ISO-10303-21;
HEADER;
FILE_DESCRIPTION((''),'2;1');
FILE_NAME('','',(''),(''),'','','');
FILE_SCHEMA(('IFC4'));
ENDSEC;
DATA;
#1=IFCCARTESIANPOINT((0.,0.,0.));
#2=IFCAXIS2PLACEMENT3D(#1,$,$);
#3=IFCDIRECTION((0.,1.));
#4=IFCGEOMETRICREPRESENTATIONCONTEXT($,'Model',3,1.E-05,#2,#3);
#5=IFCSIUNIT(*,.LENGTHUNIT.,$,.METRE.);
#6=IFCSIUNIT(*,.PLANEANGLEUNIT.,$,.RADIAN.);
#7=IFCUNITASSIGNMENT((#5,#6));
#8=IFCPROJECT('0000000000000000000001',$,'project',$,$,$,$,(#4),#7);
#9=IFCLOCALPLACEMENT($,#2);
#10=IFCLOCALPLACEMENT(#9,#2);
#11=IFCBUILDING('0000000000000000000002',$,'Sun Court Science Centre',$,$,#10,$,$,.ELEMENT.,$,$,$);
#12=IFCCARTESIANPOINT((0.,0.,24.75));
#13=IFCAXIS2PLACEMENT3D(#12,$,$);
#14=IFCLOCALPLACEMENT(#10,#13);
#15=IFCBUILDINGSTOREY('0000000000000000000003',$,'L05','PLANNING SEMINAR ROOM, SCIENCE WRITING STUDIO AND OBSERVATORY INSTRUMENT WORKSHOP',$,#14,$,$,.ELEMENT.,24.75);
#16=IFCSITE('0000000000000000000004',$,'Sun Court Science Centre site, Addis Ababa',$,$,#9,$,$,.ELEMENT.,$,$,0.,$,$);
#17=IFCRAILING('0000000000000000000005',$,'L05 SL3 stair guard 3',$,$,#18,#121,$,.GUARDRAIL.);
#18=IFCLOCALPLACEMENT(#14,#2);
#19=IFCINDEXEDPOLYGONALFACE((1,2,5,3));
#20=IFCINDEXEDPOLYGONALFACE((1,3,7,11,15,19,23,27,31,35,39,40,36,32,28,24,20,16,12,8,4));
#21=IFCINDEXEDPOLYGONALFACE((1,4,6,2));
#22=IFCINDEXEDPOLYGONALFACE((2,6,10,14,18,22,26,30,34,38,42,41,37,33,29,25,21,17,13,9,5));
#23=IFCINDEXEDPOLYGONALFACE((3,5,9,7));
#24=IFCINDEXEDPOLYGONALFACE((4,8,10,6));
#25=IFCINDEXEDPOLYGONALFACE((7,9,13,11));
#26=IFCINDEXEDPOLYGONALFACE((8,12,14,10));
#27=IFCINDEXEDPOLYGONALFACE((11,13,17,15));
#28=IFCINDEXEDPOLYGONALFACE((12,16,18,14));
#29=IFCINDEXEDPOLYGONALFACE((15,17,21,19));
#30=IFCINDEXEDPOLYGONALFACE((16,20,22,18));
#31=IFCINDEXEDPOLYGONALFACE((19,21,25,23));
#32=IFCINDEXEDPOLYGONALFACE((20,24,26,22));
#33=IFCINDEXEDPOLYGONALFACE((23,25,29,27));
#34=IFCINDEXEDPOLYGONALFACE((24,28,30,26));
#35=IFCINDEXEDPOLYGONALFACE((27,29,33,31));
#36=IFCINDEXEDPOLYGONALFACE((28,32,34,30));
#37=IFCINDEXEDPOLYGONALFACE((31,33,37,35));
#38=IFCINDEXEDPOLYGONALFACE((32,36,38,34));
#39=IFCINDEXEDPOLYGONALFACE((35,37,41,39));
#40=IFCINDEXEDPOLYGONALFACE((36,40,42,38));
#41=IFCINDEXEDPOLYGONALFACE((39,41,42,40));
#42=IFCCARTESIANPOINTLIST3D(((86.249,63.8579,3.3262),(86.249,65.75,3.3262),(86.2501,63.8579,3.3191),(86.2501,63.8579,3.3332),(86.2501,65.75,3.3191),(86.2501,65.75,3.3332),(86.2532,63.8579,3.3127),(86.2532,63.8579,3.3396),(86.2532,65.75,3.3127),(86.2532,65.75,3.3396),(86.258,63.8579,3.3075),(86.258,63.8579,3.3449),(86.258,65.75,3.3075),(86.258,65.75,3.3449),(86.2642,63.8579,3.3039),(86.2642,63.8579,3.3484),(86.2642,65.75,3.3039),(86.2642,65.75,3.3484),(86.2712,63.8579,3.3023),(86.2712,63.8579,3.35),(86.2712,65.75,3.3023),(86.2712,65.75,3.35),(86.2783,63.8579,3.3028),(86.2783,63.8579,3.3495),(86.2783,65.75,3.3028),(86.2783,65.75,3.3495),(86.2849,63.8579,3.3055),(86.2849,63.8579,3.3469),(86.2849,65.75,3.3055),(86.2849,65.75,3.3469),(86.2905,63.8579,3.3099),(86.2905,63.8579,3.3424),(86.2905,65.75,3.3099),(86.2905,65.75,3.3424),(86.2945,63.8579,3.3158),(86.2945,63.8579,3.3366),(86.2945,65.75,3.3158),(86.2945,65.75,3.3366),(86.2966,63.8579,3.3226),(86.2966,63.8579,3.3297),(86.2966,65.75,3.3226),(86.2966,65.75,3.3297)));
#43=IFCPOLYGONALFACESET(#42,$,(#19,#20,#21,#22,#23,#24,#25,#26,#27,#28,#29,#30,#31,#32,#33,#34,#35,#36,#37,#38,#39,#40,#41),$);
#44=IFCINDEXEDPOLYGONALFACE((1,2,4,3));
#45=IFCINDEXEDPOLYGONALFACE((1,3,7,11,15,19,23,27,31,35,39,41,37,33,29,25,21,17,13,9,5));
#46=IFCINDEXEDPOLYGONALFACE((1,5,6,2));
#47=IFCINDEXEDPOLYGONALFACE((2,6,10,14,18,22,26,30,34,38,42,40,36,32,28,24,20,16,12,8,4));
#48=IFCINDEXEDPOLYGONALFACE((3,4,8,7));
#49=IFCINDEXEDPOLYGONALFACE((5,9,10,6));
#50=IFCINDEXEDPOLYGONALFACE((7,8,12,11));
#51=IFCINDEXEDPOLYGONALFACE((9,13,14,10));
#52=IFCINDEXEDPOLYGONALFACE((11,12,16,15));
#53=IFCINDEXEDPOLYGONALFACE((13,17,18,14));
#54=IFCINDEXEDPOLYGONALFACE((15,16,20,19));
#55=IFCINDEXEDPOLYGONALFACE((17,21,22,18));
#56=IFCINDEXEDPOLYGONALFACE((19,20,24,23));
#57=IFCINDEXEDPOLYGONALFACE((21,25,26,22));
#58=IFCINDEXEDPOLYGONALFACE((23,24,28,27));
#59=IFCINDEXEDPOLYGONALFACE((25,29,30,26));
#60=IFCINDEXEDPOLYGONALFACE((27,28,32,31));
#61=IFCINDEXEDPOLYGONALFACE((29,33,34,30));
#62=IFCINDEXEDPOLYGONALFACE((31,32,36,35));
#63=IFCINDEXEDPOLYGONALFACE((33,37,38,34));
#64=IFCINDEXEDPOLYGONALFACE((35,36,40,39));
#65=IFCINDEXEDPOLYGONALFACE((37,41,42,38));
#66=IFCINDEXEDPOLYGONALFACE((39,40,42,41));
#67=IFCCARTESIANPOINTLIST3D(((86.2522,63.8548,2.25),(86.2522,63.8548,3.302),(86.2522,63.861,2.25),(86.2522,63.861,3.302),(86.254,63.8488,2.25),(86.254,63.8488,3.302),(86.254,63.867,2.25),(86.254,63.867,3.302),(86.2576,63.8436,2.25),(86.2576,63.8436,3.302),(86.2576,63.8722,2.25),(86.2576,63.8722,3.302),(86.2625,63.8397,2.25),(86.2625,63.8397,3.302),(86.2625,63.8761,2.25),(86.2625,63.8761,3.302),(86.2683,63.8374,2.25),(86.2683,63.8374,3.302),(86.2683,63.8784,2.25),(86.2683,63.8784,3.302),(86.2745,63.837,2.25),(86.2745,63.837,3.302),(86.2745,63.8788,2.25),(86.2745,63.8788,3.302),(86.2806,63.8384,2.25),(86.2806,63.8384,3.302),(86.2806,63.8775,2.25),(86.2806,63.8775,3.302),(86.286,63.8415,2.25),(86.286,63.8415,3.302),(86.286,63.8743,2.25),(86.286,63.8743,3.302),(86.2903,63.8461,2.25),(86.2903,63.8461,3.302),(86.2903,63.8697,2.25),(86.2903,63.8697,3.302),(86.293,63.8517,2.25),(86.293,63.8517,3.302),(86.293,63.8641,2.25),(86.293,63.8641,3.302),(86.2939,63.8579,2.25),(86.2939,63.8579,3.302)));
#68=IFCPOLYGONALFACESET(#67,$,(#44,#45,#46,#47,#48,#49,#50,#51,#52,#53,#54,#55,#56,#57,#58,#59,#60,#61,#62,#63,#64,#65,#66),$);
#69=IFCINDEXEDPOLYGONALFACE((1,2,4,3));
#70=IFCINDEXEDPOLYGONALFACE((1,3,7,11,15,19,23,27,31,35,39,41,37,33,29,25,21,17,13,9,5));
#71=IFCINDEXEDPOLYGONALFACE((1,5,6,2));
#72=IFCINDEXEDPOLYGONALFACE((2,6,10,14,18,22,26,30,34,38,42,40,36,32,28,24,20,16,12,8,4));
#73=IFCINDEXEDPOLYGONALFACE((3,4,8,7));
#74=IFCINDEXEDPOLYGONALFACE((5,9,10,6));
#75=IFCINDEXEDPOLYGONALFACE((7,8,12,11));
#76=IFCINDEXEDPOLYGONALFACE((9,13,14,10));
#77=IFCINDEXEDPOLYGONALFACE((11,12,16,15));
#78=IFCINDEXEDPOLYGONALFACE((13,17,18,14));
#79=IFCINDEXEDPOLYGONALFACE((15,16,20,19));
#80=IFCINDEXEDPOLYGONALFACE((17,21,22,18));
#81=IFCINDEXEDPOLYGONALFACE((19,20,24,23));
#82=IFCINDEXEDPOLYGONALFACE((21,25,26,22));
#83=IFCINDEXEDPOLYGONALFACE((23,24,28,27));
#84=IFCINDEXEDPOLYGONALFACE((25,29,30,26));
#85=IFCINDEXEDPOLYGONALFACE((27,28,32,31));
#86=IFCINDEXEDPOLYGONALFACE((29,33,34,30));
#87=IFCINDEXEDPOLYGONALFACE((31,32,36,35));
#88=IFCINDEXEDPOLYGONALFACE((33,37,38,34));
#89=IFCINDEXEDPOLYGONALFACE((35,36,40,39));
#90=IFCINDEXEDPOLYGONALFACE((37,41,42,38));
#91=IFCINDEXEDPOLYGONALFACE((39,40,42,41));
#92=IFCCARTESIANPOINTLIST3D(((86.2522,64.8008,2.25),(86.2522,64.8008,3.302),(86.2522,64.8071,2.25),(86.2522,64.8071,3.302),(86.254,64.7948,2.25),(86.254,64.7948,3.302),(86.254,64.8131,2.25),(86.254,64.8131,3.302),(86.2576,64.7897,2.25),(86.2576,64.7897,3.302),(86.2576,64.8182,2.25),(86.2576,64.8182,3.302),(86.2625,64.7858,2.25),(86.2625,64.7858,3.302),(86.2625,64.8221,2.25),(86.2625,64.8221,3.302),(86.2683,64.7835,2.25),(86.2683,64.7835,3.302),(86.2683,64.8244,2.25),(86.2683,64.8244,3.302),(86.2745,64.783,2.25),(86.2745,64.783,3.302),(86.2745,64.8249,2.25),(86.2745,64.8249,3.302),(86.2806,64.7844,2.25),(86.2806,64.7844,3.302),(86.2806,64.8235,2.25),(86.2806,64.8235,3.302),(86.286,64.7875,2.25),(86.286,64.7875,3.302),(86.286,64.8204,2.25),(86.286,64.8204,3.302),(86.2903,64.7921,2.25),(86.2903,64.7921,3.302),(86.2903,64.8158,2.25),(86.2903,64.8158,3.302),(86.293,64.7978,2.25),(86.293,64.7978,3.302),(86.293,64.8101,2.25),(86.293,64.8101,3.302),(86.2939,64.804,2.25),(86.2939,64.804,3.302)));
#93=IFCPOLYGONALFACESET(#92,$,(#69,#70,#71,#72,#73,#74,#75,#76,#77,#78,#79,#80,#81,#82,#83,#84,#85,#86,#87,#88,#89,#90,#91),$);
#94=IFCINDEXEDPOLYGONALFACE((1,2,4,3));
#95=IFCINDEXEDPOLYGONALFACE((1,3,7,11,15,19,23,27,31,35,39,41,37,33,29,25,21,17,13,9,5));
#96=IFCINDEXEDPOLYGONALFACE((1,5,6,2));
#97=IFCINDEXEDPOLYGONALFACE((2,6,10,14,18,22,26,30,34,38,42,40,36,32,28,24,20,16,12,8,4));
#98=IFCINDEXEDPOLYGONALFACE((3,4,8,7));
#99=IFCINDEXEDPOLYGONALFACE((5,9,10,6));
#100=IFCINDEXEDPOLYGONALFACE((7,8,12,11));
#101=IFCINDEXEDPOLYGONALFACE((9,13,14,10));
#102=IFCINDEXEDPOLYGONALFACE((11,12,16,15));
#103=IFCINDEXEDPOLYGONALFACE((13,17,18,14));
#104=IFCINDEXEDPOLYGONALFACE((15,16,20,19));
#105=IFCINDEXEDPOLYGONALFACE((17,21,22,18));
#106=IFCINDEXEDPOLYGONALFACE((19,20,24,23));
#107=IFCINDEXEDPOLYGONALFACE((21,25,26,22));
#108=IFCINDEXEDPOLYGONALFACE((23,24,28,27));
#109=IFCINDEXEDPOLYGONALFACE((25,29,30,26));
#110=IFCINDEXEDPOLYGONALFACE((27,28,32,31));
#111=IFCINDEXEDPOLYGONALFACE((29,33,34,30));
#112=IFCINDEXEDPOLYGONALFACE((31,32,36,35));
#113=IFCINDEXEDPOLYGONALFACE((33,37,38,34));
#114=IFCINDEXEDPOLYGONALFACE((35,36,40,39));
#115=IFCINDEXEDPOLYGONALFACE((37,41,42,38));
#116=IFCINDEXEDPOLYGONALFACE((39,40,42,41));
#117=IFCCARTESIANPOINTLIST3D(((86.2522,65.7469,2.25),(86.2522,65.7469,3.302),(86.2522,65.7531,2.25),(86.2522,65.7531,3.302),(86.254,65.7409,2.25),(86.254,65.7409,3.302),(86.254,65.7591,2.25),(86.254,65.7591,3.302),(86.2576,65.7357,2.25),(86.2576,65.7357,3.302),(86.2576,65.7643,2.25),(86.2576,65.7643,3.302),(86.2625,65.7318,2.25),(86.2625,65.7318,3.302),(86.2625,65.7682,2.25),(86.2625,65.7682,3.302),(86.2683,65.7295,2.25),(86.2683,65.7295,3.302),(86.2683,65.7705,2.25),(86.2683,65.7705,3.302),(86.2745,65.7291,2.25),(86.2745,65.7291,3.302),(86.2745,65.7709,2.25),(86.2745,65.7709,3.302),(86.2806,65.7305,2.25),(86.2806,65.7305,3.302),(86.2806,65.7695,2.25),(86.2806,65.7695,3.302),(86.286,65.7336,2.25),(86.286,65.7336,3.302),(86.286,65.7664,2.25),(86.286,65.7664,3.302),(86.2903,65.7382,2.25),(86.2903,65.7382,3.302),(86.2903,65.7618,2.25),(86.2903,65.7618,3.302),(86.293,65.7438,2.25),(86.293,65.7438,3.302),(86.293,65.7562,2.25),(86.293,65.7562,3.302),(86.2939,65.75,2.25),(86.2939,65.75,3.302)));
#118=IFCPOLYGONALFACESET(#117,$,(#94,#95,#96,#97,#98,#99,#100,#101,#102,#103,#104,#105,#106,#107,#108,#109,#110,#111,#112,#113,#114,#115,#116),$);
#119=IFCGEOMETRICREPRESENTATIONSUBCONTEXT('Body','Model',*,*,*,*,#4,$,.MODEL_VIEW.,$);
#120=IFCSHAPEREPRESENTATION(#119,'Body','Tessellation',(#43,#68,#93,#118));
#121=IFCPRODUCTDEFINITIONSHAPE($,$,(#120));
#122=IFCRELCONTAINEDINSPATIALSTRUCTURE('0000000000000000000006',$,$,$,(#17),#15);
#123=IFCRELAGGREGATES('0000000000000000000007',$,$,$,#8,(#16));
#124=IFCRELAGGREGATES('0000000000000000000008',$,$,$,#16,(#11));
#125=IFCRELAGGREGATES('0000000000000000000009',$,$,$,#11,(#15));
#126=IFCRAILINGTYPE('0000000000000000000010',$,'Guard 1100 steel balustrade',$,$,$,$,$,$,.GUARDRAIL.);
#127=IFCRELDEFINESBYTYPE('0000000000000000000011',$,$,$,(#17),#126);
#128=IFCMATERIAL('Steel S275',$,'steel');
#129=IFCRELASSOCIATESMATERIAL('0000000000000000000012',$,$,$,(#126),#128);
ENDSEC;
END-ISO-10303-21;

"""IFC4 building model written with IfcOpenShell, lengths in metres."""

from ifc_helpers import new_model, si_unit, direction, frame, origin, origin_2d, place, context, subcontext, project, spatial, circle, extrude, material, type_object, element, save


model = new_model("IFC4")

# Units and contexts
model_context = context("Model", 3, precision=1e-05, world=origin(), true_north=direction((0.0, 1.0)))
body_context = subcontext(model_context, "Body", "Model", "MODEL_VIEW")
ifc_project = project(units=[si_unit("LENGTHUNIT", "METRE"), si_unit("PLANEANGLEUNIT", "RADIAN")], contexts=[model_context])

# Site, building, storey
site_placement = place(None, origin())
site = spatial("IfcSite", under=ifc_project, at=site_placement, Name="Sun Court Science Centre site, Addis Ababa", CompositionType="ELEMENT", RefElevation=0.0)
building_placement = place(site_placement, origin())
building = spatial("IfcBuilding", under=site, at=building_placement, Name="Sun Court Science Centre", CompositionType="ELEMENT")
storey_placement = place(building_placement, frame((0.0, 0.0, 24.75)))
storey = spatial("IfcBuildingStorey", under=building, at=storey_placement, Name="L05", Description="PLANNING SEMINAR ROOM, SCIENCE WRITING STUDIO AND OBSERVATORY INSTRUMENT WORKSHOP", CompositionType="ELEMENT", Elevation=24.75)

# Railing
ifc_material_1 = material(Name="Steel S275", Category="steel")
railing_type = type_object("IfcRailingType", Name="Guard 1100 steel balustrade", PredefinedType="GUARDRAIL", material=ifc_material_1)
railing_placement = place(storey_placement, frame((86.2729, 63.8579, 2.25)))
element("IfcRailing", 1, at=railing_placement, inside=storey, type_object=railing_type, Name="L05 SL3 stair guard 3", PredefinedType="GUARDRAIL", context=body_context, shape_type="SweptSolid", body=[
    extrude(circle(Radius=0.0239, at=origin_2d()), frame((0.0, 0.0, 1.0762), z_axis=(0.0, 1.0, 0.0), x_axis=(-1.0, 0.0, 0.0)), (0.0, 0.0, 1.0), 1.8921),
    extrude(circle(Radius=0.021, at=origin_2d()), origin(), (0.0, 0.0, 1.0), 1.052),
    extrude(circle(Radius=0.021, at=origin_2d()), frame((0.0, 0.946, 0.0)), (0.0, 0.0, 1.0), 1.052),
    extrude(circle(Radius=0.021, at=origin_2d()), frame((0.0, 1.8921, 0.0)), (0.0, 0.0, 1.0), 1.052),
])

save(model, "model.ifc")
